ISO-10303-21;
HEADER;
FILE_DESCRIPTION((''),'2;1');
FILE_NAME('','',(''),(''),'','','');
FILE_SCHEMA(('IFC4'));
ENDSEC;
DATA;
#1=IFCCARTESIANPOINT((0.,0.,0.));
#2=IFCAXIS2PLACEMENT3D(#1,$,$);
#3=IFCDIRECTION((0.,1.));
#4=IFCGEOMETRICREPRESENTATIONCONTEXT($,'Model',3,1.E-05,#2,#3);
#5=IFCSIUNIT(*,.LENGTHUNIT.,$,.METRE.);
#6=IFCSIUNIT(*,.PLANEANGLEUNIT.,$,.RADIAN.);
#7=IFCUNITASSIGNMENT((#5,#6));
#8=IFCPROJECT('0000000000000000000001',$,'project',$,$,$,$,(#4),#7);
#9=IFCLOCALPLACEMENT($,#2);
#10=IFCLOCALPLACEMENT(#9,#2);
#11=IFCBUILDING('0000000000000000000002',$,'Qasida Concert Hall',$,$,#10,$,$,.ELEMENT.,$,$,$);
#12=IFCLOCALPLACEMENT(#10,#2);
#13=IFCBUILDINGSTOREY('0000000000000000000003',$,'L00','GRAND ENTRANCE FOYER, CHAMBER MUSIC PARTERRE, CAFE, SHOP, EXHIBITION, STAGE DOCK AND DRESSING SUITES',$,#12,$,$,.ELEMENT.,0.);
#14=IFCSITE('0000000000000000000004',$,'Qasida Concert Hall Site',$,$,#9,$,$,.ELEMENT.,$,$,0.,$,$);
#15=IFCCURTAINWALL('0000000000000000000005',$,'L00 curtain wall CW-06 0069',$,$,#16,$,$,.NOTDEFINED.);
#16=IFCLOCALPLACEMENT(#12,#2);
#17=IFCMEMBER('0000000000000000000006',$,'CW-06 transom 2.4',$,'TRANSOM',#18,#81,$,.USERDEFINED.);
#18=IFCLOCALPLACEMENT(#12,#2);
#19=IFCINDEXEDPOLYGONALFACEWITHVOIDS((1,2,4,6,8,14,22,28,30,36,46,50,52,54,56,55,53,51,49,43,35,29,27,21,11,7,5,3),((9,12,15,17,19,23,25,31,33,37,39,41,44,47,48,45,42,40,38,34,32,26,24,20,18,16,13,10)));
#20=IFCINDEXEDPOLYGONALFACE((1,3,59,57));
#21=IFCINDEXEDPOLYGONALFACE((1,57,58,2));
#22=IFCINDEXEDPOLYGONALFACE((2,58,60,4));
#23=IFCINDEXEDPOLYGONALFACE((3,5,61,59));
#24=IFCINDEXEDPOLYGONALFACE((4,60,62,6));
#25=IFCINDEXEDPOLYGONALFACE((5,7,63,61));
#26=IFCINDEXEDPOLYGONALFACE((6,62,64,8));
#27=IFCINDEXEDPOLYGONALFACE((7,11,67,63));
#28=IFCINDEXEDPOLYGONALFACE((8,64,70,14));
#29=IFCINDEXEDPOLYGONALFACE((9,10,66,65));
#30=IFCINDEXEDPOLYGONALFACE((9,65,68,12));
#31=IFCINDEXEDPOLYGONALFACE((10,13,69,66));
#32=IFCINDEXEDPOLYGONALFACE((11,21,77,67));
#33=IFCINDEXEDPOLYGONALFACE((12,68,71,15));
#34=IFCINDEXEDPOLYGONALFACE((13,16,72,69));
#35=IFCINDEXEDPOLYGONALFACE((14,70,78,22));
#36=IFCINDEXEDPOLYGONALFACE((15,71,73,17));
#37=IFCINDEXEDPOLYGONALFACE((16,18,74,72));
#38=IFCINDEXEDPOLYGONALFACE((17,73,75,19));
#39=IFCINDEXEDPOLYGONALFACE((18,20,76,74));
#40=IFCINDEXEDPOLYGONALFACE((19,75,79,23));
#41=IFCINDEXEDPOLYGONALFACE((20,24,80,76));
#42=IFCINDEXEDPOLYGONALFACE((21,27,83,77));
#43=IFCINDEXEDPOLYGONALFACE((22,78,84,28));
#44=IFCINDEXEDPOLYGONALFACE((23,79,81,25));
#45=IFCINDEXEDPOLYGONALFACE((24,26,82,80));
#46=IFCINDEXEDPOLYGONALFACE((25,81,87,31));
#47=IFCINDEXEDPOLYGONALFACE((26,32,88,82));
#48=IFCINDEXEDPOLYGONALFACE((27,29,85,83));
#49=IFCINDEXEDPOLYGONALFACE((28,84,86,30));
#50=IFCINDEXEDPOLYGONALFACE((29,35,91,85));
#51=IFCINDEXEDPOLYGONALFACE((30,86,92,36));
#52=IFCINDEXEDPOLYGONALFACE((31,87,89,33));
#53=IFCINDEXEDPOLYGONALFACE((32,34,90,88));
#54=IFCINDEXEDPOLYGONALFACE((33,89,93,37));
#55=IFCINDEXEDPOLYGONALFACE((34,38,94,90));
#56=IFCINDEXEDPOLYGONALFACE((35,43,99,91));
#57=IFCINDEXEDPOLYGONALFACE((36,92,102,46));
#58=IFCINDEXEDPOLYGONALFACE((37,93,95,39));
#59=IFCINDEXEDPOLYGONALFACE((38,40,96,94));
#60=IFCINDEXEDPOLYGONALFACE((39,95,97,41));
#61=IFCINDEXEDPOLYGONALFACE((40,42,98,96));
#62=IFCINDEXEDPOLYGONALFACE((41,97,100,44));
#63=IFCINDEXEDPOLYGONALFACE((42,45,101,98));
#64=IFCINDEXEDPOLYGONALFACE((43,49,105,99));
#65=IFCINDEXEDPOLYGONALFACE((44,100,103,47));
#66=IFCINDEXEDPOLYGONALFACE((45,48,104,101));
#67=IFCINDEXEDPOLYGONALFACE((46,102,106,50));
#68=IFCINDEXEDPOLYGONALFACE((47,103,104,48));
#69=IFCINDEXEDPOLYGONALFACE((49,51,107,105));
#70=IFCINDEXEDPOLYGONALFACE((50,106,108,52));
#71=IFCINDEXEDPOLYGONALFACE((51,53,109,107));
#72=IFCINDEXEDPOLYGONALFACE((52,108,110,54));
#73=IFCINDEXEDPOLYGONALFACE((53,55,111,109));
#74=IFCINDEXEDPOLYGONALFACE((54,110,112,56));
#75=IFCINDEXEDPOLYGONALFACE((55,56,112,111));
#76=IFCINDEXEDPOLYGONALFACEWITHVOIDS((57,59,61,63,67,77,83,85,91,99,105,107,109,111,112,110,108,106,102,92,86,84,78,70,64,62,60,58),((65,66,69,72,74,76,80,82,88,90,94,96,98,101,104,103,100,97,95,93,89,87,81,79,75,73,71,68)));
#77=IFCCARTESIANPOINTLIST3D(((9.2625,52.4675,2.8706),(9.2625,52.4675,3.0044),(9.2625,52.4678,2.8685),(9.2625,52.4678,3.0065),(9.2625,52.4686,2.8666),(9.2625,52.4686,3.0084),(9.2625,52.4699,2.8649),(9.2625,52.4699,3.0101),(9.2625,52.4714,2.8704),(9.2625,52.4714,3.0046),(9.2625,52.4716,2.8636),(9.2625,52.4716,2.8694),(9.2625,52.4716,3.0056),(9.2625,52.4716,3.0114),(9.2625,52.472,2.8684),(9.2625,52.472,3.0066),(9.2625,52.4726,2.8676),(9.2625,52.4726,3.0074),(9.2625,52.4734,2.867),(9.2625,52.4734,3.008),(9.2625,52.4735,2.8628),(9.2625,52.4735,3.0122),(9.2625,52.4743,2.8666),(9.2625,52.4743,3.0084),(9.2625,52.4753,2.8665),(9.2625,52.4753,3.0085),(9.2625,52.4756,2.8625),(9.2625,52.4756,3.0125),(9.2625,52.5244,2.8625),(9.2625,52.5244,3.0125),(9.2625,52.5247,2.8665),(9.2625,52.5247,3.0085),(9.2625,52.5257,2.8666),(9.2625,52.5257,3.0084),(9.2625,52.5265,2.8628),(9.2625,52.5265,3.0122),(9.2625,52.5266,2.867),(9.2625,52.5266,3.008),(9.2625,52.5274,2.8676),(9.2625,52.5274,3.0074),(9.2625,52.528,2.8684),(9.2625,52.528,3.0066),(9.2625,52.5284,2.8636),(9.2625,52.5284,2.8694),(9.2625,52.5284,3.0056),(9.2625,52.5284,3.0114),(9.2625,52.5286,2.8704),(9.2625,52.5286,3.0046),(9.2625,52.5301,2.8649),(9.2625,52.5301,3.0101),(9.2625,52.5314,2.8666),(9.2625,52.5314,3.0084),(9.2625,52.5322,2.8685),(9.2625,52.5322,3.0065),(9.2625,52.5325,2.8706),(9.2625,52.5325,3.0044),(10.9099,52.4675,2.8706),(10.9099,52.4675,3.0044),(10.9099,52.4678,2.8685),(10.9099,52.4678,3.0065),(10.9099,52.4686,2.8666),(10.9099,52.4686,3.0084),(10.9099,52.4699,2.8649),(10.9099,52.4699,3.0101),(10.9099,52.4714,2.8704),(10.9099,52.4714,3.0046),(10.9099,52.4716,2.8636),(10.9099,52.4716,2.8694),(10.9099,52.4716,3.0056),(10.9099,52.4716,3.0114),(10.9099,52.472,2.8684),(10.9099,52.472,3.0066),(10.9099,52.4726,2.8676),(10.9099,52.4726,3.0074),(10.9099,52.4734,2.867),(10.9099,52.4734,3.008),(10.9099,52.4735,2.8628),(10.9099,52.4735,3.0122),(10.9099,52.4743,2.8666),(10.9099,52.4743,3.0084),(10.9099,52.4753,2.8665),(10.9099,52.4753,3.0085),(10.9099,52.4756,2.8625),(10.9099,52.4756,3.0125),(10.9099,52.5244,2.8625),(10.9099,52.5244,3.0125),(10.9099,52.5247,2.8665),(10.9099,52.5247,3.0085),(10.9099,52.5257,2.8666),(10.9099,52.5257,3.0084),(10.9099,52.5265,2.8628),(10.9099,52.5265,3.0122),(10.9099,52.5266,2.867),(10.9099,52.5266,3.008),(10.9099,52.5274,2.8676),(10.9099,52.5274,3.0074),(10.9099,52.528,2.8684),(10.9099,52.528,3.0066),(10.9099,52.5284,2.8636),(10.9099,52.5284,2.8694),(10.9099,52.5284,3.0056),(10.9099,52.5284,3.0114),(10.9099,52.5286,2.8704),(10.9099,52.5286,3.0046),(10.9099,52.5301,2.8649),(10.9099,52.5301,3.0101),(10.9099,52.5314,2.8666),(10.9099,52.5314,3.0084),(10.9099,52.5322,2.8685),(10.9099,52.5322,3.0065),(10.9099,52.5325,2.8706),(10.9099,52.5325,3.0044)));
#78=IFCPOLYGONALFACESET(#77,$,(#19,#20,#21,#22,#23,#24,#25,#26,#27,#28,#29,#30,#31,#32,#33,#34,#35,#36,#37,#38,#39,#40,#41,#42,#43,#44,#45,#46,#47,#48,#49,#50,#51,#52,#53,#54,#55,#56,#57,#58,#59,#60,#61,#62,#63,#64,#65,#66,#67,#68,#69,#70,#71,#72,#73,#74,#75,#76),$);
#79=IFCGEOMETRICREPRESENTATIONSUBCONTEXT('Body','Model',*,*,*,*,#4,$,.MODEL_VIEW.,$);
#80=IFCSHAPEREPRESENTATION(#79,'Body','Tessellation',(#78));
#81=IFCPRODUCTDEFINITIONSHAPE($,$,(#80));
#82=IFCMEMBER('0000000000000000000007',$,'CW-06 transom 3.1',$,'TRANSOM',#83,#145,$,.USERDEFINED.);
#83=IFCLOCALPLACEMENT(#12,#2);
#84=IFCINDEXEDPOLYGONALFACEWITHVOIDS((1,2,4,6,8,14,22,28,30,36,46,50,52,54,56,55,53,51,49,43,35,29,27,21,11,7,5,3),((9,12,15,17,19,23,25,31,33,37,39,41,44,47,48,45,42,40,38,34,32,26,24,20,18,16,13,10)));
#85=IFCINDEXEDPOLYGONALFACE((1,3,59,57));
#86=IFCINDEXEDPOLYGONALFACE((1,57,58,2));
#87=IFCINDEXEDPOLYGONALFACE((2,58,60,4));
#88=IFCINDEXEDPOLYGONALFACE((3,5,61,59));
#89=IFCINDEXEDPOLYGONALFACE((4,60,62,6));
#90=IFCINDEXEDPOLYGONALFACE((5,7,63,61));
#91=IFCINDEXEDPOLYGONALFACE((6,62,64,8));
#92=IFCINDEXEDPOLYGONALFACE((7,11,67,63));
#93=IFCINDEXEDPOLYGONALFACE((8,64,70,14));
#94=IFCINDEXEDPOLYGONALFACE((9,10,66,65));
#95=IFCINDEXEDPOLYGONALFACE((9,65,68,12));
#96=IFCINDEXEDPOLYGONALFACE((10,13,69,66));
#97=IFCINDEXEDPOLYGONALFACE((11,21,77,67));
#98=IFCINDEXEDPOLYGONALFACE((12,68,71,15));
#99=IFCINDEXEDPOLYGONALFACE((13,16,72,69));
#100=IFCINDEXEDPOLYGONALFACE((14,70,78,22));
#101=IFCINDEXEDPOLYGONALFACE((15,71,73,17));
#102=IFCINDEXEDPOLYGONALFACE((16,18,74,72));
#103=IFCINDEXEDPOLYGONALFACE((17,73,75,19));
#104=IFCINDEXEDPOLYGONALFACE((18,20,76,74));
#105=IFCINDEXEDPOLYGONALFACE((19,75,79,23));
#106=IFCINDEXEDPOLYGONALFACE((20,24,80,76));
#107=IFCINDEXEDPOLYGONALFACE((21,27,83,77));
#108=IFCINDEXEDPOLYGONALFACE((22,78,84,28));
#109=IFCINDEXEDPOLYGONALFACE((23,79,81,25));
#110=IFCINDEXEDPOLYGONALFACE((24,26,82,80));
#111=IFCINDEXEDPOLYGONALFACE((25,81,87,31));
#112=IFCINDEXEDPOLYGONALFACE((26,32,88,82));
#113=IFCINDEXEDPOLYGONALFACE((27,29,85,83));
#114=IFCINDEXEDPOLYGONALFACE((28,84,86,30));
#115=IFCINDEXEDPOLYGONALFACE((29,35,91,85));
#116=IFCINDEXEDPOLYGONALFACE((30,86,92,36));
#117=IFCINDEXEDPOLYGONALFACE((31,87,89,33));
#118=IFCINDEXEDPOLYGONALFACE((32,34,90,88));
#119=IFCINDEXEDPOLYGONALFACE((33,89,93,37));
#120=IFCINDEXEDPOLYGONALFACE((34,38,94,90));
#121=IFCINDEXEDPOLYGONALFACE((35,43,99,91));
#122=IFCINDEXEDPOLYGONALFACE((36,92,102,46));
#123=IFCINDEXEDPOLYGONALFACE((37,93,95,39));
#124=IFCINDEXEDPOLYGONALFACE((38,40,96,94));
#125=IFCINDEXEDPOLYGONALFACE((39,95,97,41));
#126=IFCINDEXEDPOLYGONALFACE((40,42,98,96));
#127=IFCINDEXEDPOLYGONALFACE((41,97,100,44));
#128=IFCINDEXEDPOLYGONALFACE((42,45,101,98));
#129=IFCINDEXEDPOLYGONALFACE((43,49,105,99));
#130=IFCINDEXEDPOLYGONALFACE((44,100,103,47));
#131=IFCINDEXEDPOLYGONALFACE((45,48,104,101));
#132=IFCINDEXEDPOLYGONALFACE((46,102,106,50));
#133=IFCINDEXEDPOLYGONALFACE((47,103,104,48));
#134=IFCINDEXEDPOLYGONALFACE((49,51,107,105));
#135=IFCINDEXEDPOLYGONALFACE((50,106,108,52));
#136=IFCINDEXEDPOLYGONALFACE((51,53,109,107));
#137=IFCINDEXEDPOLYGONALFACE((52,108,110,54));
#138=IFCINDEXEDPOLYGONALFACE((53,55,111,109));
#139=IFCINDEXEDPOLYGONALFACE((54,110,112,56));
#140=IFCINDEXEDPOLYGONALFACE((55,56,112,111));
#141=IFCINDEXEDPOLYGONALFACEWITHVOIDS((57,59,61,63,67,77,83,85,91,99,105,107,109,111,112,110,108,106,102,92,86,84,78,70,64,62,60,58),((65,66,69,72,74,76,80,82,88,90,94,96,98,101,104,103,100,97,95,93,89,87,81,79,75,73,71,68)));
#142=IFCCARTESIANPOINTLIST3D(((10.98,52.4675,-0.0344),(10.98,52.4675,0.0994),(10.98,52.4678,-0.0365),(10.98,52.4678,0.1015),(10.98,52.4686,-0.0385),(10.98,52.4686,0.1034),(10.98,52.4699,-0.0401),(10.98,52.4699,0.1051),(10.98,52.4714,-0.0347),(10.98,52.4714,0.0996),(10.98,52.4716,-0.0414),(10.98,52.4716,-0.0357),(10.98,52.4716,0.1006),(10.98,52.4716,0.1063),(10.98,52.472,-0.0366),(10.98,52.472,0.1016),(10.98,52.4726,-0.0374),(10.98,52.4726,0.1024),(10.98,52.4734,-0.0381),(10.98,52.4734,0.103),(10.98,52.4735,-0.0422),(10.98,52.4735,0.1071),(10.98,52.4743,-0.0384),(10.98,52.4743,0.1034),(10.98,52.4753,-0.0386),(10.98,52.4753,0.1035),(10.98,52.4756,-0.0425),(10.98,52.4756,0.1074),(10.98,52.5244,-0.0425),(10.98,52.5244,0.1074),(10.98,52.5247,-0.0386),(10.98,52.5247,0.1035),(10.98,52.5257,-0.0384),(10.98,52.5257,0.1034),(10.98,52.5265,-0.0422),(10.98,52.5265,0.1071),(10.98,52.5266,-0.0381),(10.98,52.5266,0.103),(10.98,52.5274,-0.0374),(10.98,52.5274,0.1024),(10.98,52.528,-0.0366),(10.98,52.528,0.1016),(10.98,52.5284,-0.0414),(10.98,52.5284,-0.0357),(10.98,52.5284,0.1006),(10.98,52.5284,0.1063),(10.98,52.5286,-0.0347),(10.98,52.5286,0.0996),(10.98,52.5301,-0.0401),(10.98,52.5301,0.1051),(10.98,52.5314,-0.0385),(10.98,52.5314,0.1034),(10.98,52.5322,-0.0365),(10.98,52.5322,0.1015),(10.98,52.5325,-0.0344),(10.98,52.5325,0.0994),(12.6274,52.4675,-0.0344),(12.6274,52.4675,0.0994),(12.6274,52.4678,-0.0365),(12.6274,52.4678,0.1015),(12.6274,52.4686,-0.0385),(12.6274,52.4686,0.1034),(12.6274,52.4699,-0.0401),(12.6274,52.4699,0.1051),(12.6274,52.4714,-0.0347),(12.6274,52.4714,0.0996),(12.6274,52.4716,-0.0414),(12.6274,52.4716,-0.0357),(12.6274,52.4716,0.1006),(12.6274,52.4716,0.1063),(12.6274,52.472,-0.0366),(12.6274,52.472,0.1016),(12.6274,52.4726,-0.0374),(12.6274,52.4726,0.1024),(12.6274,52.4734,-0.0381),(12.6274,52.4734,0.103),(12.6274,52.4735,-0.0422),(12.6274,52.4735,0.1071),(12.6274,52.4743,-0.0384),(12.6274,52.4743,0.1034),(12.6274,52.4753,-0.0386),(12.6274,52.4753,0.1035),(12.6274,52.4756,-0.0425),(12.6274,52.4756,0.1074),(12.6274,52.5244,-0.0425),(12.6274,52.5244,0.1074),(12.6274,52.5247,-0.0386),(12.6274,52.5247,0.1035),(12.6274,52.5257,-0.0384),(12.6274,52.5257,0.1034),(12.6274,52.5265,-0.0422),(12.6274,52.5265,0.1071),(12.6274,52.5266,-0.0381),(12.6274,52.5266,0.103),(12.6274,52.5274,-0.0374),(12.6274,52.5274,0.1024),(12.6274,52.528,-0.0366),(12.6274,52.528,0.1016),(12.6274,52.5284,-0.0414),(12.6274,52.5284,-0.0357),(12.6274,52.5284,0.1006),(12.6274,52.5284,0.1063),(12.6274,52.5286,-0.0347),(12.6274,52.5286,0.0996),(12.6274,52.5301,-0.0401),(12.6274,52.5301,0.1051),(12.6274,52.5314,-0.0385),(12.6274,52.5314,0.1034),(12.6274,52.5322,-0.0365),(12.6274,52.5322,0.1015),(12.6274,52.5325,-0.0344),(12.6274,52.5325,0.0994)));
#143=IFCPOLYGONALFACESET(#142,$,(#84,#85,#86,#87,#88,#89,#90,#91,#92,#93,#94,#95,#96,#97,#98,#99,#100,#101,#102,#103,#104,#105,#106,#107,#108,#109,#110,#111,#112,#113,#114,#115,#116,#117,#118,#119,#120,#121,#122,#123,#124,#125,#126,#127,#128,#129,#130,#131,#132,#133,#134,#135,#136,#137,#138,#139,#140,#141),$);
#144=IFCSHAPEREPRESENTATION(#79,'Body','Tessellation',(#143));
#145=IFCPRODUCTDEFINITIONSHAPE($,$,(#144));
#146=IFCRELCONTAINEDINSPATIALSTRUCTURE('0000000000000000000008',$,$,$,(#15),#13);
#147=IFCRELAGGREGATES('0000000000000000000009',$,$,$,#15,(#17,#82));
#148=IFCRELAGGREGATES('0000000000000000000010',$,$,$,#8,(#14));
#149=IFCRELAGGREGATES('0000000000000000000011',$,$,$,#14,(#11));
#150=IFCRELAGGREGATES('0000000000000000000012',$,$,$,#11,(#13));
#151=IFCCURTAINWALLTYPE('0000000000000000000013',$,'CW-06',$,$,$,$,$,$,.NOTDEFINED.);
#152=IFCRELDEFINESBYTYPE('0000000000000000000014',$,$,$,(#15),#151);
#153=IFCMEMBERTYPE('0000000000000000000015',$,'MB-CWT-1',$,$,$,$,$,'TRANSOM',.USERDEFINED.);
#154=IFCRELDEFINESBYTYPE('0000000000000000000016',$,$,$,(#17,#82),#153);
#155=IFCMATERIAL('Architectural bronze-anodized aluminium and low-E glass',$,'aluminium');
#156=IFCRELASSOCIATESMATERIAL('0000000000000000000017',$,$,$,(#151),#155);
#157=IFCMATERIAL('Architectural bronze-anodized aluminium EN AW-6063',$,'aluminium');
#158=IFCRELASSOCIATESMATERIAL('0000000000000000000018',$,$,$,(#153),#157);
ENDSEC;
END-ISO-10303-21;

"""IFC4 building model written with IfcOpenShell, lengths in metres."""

from ifc_helpers import new_model, si_unit, direction, frame, origin, origin_2d, place, context, subcontext, project, spatial, hollow_rectangle, extrude, material, material_profile, profile_set, type_object, element, aggregate, save


model = new_model("IFC4")

# Units and contexts
model_context = context("Model", 3, precision=1e-05, world=origin(), true_north=direction((0.0, 1.0)))
body_context = subcontext(model_context, "Body", "Model", "MODEL_VIEW")
ifc_project = project(units=[si_unit("LENGTHUNIT", "METRE"), si_unit("PLANEANGLEUNIT", "RADIAN")], contexts=[model_context])

# Site, building, storey
site_placement = place(None, origin())
site = spatial("IfcSite", under=ifc_project, at=site_placement, Name="Qasida Concert Hall Site", CompositionType="ELEMENT", RefElevation=0.0)
building_placement = place(site_placement, origin())
building = spatial("IfcBuilding", under=site, at=building_placement, Name="Qasida Concert Hall", CompositionType="ELEMENT")
storey_placement = place(building_placement, origin())
storey = spatial("IfcBuildingStorey", under=building, at=storey_placement, Name="L00", Description="GRAND ENTRANCE FOYER, CHAMBER MUSIC PARTERRE, CAFE, SHOP, EXHIBITION, STAGE DOCK AND DRESSING SUITES", CompositionType="ELEMENT", Elevation=0.0)

# Curtain wall
ifc_material_1 = material(Name="Architectural bronze-anodized aluminium and low-E glass", Category="aluminium")
curtain_wall_type_1 = type_object("IfcCurtainWallType", Name="CW-06", PredefinedType="NOTDEFINED", material=ifc_material_1)
curtain_wall_1_placement = place(storey_placement, origin())
curtain_wall_1 = element("IfcCurtainWall", 1, at=curtain_wall_1_placement, inside=storey, type_object=curtain_wall_type_1, Name="L00 curtain wall CW-06 0069", PredefinedType="NOTDEFINED")
ifc_material_2 = material(Name="Architectural bronze-anodized aluminium EN AW-6063", Category="aluminium")

# Members
ifc_material_profile_1 = material_profile(ifc_material_2, hollow_rectangle(XDim=0.0649, YDim=0.1499, WallThickness=0.0039, InnerFilletRadius=0.0039, OuterFilletRadius=0.0081, at=origin_2d()), Name="CWT 150x65x4")
ifc_profile_set_1 = profile_set([ifc_material_profile_1], Name="Architectural bronze-anodized aluminium EN AW-6063")
member_type_1 = type_object("IfcMemberType", Name="MB-CWT-1", ElementType="TRANSOM", PredefinedType="USERDEFINED", material=ifc_profile_set_1)
member_1_placement = place(storey_placement, frame((9.2625, 52.5, 2.9375), z_axis=(1.0, 0.0, 0.0), x_axis=(0.0, 1.0, 0.0)))
member_1 = element("IfcMember", 2, at=member_1_placement, type_object=member_type_1, Name="CW-06 transom 2.4", ObjectType="TRANSOM", PredefinedType="USERDEFINED", context=body_context, shape_type="SweptSolid", body=[
    extrude(hollow_rectangle(XDim=0.0649, YDim=0.1499, WallThickness=0.0039, InnerFilletRadius=0.0039, OuterFilletRadius=0.0081, at=origin_2d()), origin(), (0.0, 0.0, 1.0), 1.6475),
])
member_2_placement = place(storey_placement, frame((10.98, 52.5, 0.0325), z_axis=(1.0, 0.0, 0.0), x_axis=(0.0, 1.0, 0.0)))
member_2 = element("IfcMember", 3, at=member_2_placement, type_object=member_type_1, Name="CW-06 transom 3.1", ObjectType="TRANSOM", PredefinedType="USERDEFINED", context=body_context, shape_type="SweptSolid", body=[
    extrude(hollow_rectangle(XDim=0.0649, YDim=0.1499, WallThickness=0.0039, InnerFilletRadius=0.0039, OuterFilletRadius=0.0081, at=origin_2d()), origin(), (0.0, 0.0, 1.0), 1.6475),
])

aggregate(curtain_wall_1, [member_1, member_2])

save(model, "model.ifc")
